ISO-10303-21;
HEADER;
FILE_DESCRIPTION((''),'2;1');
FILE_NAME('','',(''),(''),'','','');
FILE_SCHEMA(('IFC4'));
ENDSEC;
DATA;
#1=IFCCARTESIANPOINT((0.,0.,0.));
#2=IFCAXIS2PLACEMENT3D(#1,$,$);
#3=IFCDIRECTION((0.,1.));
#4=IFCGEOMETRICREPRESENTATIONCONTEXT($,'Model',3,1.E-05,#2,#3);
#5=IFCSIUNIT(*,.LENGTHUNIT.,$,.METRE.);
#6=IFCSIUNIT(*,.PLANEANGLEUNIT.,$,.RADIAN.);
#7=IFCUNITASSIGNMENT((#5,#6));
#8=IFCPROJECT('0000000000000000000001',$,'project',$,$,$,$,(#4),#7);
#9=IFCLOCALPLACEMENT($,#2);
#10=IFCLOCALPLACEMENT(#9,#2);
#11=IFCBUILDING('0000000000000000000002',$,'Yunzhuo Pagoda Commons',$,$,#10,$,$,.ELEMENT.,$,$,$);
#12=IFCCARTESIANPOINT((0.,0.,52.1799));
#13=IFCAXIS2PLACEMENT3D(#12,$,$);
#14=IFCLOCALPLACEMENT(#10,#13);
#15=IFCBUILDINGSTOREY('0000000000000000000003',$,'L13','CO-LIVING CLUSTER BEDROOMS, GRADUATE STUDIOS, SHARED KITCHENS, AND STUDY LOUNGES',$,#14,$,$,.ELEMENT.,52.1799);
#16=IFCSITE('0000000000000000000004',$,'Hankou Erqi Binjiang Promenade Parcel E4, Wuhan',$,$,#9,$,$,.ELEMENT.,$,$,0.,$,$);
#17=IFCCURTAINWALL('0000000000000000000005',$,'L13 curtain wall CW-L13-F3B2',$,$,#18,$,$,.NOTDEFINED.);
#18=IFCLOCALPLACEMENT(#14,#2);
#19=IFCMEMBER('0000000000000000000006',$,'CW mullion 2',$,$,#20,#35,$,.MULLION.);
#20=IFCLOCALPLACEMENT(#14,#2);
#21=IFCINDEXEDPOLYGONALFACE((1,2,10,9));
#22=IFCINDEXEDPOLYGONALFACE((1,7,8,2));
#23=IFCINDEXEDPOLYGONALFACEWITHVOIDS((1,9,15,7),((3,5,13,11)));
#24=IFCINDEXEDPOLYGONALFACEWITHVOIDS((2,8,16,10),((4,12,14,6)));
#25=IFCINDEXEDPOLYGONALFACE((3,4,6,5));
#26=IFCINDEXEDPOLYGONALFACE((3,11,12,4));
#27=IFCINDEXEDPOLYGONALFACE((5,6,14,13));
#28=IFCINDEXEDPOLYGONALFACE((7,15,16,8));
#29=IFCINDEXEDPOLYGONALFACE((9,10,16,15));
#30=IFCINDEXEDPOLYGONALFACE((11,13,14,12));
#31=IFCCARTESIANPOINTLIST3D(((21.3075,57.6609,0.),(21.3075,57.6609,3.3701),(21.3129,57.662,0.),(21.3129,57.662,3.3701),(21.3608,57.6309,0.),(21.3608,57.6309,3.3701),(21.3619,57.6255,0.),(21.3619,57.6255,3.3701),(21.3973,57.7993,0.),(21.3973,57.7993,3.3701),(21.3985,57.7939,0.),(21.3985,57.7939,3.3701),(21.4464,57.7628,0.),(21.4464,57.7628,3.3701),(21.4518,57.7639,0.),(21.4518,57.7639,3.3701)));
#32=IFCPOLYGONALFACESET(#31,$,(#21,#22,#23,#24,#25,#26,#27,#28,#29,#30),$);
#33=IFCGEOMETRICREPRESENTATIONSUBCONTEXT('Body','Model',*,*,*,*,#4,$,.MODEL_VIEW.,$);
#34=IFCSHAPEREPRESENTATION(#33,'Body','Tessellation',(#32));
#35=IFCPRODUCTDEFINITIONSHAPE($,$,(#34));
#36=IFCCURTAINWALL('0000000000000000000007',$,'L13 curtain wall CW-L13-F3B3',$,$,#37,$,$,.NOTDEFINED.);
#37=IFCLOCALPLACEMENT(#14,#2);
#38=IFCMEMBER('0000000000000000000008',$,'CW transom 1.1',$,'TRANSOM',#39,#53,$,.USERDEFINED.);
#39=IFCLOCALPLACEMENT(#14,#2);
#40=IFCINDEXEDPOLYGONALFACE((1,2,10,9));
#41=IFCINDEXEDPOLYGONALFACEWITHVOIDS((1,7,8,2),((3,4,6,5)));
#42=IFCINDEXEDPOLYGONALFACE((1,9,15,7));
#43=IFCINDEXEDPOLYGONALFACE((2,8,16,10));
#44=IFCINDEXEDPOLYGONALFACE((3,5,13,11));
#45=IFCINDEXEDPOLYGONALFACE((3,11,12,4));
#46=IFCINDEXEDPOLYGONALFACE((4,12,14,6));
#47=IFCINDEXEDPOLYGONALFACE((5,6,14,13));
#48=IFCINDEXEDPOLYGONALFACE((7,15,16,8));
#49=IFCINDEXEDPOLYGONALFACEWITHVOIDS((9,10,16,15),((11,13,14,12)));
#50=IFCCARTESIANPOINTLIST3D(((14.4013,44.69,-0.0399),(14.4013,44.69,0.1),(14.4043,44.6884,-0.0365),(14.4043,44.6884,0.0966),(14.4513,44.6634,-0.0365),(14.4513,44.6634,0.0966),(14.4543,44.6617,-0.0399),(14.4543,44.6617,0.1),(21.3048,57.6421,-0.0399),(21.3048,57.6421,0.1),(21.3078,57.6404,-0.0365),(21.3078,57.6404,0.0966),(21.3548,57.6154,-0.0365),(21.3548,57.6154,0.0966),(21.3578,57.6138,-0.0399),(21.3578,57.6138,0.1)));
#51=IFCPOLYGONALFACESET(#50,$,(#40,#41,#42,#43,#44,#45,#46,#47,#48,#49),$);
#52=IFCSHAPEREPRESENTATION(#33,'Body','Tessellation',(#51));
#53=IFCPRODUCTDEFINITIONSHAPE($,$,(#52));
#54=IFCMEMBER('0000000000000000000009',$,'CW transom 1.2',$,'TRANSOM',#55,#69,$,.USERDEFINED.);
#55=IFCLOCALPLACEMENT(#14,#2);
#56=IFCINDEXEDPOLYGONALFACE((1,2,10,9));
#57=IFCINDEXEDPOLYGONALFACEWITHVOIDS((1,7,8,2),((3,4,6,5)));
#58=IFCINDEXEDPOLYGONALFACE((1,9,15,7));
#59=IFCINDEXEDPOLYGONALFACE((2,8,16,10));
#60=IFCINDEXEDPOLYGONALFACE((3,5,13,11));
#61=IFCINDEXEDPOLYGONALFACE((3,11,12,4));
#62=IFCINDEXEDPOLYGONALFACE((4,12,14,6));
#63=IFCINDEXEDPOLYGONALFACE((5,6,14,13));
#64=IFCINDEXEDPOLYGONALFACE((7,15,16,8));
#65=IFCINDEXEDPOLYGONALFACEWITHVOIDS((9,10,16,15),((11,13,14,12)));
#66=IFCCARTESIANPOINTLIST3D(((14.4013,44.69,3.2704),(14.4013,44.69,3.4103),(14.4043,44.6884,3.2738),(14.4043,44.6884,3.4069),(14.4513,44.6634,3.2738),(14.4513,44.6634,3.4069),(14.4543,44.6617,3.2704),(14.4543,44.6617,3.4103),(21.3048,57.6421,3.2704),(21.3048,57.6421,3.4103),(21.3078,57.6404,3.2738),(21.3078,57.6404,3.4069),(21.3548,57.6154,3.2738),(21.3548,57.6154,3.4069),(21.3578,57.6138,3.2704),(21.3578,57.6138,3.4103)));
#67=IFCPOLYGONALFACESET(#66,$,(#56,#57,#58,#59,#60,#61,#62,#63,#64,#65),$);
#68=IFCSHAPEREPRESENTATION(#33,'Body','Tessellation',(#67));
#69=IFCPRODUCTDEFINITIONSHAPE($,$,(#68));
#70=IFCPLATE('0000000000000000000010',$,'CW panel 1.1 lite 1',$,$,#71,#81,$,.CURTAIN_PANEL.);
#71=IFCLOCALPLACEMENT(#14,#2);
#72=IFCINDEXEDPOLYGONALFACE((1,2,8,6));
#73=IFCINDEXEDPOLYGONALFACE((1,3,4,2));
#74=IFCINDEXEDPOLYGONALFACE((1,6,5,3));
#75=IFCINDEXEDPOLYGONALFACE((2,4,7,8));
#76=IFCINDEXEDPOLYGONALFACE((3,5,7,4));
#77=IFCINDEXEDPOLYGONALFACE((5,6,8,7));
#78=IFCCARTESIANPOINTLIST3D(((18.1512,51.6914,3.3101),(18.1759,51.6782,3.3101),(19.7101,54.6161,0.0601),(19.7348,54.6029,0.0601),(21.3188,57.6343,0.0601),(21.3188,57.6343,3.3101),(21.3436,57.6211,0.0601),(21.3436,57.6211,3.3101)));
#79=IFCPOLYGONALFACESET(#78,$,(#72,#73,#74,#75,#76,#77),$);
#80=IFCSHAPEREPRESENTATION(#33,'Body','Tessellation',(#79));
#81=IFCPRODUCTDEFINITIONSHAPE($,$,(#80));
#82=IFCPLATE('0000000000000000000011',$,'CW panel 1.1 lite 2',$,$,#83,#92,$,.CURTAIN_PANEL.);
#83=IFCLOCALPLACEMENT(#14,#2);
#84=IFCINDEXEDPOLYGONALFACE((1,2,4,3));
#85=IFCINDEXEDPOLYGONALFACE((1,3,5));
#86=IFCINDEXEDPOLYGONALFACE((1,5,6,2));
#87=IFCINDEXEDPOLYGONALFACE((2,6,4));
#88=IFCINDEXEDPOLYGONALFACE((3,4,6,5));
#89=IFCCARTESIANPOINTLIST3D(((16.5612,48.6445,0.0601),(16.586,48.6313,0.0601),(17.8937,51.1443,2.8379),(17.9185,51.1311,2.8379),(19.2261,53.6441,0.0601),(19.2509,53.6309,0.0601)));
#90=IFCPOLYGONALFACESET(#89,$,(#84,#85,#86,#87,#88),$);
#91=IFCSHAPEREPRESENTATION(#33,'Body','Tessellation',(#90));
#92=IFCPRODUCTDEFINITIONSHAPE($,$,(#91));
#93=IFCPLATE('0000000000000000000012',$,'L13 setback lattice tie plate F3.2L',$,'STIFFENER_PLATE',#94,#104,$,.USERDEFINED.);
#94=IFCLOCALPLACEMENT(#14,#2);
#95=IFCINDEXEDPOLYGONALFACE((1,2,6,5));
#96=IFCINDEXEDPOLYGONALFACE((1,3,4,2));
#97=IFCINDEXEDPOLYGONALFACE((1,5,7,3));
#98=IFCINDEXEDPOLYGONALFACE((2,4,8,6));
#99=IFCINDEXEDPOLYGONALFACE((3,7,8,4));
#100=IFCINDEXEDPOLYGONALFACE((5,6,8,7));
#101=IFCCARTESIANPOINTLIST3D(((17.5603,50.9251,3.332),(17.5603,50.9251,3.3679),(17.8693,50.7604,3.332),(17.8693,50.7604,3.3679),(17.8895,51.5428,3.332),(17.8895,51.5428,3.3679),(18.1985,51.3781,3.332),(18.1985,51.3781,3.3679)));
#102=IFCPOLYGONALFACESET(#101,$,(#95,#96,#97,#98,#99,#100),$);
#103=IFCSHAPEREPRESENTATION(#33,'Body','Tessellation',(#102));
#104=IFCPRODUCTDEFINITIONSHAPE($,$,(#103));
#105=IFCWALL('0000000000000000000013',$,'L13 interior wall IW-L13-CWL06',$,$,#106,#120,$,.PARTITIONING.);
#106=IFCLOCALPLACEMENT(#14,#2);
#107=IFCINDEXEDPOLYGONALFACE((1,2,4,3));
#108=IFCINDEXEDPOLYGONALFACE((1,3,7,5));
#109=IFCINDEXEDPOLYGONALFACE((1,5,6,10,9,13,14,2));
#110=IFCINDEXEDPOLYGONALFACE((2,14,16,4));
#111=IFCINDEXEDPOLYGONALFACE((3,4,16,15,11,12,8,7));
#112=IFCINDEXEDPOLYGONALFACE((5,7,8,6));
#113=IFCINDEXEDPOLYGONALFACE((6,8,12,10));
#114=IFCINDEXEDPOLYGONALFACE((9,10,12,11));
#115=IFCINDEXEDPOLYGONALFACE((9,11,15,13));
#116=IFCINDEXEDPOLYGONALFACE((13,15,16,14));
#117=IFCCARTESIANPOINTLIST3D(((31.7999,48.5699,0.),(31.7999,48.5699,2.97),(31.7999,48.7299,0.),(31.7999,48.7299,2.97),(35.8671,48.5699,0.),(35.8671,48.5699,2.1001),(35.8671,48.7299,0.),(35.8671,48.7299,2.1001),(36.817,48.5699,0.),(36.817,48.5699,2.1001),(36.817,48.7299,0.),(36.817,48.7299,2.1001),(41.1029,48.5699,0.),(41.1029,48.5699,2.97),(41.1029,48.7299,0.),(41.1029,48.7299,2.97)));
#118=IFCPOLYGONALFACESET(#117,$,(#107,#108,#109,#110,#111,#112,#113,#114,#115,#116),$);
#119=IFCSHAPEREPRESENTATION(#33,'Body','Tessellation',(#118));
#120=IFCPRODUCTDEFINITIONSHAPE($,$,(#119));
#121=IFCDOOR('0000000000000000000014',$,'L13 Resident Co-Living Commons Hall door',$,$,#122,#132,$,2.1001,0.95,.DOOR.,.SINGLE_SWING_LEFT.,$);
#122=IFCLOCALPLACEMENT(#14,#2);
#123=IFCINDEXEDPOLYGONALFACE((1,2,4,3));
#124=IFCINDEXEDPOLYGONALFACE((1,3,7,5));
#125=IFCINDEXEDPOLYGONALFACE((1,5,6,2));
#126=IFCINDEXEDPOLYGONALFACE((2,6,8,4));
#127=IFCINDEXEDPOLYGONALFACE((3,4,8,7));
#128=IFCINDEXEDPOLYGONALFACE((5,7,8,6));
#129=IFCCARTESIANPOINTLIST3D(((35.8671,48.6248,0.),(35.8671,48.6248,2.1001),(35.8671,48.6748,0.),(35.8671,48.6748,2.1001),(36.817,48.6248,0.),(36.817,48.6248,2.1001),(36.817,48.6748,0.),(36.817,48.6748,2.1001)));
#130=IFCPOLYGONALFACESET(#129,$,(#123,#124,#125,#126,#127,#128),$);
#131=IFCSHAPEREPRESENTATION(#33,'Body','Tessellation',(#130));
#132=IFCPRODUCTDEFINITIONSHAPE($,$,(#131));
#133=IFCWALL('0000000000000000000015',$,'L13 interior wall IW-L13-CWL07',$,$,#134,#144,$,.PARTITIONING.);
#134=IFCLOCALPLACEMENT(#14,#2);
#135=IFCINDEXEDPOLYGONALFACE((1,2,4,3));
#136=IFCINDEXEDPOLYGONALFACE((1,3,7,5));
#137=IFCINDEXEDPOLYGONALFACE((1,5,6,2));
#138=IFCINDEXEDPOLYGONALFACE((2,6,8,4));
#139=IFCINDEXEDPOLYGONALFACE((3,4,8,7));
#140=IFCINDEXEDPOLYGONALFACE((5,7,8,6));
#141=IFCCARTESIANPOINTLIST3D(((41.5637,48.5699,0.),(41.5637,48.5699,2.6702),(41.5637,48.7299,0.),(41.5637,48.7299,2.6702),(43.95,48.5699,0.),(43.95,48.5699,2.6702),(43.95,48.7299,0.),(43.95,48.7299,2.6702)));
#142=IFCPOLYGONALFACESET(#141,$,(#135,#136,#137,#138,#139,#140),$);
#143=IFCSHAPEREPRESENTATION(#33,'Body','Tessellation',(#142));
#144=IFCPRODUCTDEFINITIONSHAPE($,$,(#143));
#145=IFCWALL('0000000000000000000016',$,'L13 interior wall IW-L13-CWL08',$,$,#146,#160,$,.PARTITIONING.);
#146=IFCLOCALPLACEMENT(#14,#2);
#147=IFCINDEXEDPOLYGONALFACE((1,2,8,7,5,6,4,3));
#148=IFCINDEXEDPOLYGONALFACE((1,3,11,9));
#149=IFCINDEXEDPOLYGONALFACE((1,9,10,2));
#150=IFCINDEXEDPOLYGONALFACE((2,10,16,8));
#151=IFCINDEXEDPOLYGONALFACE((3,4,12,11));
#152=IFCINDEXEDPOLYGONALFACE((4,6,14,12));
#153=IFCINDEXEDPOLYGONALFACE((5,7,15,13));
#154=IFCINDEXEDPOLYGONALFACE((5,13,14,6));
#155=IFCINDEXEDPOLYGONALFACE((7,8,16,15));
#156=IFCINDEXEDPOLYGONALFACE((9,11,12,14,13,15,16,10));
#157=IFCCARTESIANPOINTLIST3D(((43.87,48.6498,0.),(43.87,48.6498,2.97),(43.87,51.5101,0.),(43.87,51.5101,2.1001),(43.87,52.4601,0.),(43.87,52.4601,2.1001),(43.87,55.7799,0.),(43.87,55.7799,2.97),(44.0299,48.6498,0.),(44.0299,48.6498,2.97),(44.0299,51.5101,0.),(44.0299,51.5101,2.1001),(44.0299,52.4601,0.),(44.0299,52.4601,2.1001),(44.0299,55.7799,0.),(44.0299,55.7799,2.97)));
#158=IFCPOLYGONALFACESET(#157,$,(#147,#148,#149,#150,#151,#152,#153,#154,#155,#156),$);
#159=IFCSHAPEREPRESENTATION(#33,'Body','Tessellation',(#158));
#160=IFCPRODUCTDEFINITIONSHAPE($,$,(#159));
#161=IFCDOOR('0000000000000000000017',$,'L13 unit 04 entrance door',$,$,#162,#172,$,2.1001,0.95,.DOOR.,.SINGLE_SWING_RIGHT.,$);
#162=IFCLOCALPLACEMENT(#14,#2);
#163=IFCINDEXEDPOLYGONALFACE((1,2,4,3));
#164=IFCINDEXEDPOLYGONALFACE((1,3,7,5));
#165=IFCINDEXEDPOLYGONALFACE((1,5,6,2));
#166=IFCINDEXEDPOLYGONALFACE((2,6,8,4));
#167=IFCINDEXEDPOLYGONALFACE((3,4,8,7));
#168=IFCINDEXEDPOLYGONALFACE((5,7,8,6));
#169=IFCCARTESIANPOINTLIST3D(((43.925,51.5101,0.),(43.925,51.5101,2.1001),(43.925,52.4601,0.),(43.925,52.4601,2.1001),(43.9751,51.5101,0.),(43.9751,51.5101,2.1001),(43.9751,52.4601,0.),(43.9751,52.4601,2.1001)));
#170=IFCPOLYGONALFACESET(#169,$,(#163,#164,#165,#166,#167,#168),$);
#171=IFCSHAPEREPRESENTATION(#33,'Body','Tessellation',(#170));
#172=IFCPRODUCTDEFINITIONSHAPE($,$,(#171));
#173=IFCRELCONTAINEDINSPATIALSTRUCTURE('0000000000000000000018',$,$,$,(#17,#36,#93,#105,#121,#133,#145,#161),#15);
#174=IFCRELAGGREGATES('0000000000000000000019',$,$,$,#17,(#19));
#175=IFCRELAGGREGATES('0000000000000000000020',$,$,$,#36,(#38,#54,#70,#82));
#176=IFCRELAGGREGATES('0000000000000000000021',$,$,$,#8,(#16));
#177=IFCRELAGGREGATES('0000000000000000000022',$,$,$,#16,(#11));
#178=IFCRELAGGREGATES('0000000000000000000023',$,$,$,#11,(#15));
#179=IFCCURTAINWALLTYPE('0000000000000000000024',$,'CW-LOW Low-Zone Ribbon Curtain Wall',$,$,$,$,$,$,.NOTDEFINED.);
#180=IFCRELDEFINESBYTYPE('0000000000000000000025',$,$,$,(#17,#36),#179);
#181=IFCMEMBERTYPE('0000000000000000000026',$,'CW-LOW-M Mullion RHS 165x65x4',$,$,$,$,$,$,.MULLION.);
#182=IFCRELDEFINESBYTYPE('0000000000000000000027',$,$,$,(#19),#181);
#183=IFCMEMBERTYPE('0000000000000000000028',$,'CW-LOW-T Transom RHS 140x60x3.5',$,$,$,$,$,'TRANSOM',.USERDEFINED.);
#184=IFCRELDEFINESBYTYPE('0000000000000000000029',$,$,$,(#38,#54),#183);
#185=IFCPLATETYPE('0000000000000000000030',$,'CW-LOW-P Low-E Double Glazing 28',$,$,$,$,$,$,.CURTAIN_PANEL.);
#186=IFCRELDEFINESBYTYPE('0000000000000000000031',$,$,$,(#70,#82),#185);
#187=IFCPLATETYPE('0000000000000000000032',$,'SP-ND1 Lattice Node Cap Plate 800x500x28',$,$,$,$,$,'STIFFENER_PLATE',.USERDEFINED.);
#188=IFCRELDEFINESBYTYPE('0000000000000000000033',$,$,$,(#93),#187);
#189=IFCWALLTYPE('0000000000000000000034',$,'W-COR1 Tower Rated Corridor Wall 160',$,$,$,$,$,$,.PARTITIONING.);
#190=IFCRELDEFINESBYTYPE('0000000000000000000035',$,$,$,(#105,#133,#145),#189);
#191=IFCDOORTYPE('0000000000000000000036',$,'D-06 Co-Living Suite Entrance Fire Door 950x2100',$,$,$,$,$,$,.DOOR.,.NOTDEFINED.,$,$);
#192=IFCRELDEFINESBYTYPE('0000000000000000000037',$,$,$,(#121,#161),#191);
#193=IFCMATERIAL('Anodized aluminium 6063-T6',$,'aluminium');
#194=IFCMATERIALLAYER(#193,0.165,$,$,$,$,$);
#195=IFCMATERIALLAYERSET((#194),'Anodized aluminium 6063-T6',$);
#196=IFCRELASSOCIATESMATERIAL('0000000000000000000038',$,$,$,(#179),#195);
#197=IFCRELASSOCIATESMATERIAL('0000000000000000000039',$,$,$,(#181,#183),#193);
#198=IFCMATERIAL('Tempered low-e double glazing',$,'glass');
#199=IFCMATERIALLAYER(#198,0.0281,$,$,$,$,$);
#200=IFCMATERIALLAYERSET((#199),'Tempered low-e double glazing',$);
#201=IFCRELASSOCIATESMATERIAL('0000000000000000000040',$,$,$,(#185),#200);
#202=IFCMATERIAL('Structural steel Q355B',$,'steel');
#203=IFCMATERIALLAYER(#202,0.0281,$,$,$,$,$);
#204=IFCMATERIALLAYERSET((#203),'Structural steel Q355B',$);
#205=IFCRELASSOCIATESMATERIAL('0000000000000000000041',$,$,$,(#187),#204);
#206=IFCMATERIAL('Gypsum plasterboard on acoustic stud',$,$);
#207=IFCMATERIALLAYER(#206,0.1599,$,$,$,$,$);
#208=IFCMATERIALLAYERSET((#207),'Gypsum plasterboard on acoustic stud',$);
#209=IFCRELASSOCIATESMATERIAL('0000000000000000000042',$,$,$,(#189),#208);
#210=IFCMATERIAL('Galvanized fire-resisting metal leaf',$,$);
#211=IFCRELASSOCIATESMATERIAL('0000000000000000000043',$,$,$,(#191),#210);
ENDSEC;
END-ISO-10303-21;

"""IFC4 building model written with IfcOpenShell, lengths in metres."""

from ifc_helpers import new_model, si_unit, direction, frame, frame_2d, origin, origin_with_axes, origin_2d, place, context, subcontext, project, spatial, polyline, rectangle, hollow_rectangle, outline, extrude, source, transform, mapped, material, layer, layer_set, material_profile, profile_set, type_object, element, fill, aggregate, save


model = new_model("IFC4")

# Units and contexts
model_context = context("Model", 3, precision=1e-05, world=origin(), true_north=direction((0.0, 1.0)))
body_context = subcontext(model_context, "Body", "Model", "MODEL_VIEW")
ifc_project = project(units=[si_unit("LENGTHUNIT", "METRE"), si_unit("PLANEANGLEUNIT", "RADIAN")], contexts=[model_context])

# Site, building, storey
site_placement = place(None, origin())
site = spatial("IfcSite", under=ifc_project, at=site_placement, Name="Hankou Erqi Binjiang Promenade Parcel E4, Wuhan", CompositionType="ELEMENT", RefElevation=0.0)
building_placement = place(site_placement, origin())
building = spatial("IfcBuilding", under=site, at=building_placement, Name="Yunzhuo Pagoda Commons", CompositionType="ELEMENT")
storey_placement = place(building_placement, frame((0.0, 0.0, 52.1799)))
storey = spatial("IfcBuildingStorey", under=building, at=storey_placement, Name="L13", Description="CO-LIVING CLUSTER BEDROOMS, GRADUATE STUDIOS, SHARED KITCHENS, AND STUDY LOUNGES", CompositionType="ELEMENT", Elevation=52.1799)

# Shared definitions
ifc_material_1 = material(Name="Structural steel Q355B", Category="steel")

# Curtain wall, member
ifc_material_2 = material(Name="Anodized aluminium 6063-T6", Category="aluminium")
ifc_layer_1 = layer(ifc_material_2, 0.165)
ifc_layer_set_1 = layer_set([ifc_layer_1], Name="Anodized aluminium 6063-T6")
curtain_wall_type = type_object("IfcCurtainWallType", Name="CW-LOW Low-Zone Ribbon Curtain Wall", PredefinedType="NOTDEFINED", material=ifc_layer_set_1)
curtain_wall_1_placement = place(storey_placement, origin())
curtain_wall_1 = element("IfcCurtainWall", 1, at=curtain_wall_1_placement, inside=storey, type_object=curtain_wall_type, Name="L13 curtain wall CW-L13-F3B2", PredefinedType="NOTDEFINED")
ifc_material_profile_1 = material_profile(ifc_material_2, hollow_rectangle(XDim=0.0649, YDim=0.165, WallThickness=0.0039, at=origin_2d()), Name="Anodized aluminium 6063-T6")
ifc_profile_set_1 = profile_set([ifc_material_profile_1], Name="Anodized aluminium 6063-T6")
member_type_1 = type_object("IfcMemberType", Name="CW-LOW-M Mullion RHS 165x65x4", PredefinedType="MULLION", material=ifc_profile_set_1)
shared_shape_1 = source(origin(), body_context, "Body", "SweptSolid", [
    extrude(hollow_rectangle(XDim=0.0649, YDim=0.165, WallThickness=0.0039, at=origin_2d()), origin(), (0.0, 0.0, 1.0), 3.3701),
])
member_1_placement = place(storey_placement, frame((21.3796, 57.7124, 0.0), z_axis=(0.0, 0.0, 1.0), x_axis=(0.838777, -0.544476, 0.0)))
member_1 = element("IfcMember", 2, at=member_1_placement, type_object=member_type_1, Name="CW mullion 2", PredefinedType="MULLION", context=body_context, shape_type="MappedRepresentation", body=[
    mapped(shared_shape_1, transform((0.0, 0.0, 0.0), scale=1.0)),
])
aggregate(curtain_wall_1, [member_1])

# Curtain wall, members, plates
curtain_wall_2_placement = place(storey_placement, origin())
curtain_wall_2 = element("IfcCurtainWall", 3, at=curtain_wall_2_placement, inside=storey, type_object=curtain_wall_type, Name="L13 curtain wall CW-L13-F3B3", PredefinedType="NOTDEFINED")
ifc_material_profile_2 = material_profile(ifc_material_2, hollow_rectangle(XDim=0.0601, YDim=0.1399, WallThickness=0.0034, at=origin_2d()), Name="Anodized aluminium 6063-T6")
ifc_profile_set_2 = profile_set([ifc_material_profile_2], Name="Anodized aluminium 6063-T6")
member_type_2 = type_object("IfcMemberType", Name="CW-LOW-T Transom RHS 140x60x3.5", ElementType="TRANSOM", PredefinedType="USERDEFINED", material=ifc_profile_set_2)
shared_shape_2 = source(origin(), body_context, "Body", "SweptSolid", [
    extrude(hollow_rectangle(XDim=0.0601, YDim=0.1399, WallThickness=0.0034, at=origin_2d()), origin(), (0.0, 0.0, 1.0), 14.677),
])
member_2_placement = place(storey_placement, frame((21.3313, 57.6279, 0.03), z_axis=(-0.470363, -0.882473, 0.0), x_axis=(0.882473, -0.470363, 0.0)))
member_2 = element("IfcMember", 4, at=member_2_placement, type_object=member_type_2, Name="CW transom 1.1", ObjectType="TRANSOM", PredefinedType="USERDEFINED", context=body_context, shape_type="MappedRepresentation", body=[
    mapped(shared_shape_2, transform((0.0, 0.0, 0.0), scale=1.0)),
])
member_3_placement = place(storey_placement, frame((21.3313, 57.6279, 3.3403), z_axis=(-0.470363, -0.882473, 0.0), x_axis=(0.882473, -0.470363, 0.0)))
member_3 = element("IfcMember", 5, at=member_3_placement, type_object=member_type_2, Name="CW transom 1.2", ObjectType="TRANSOM", PredefinedType="USERDEFINED", context=body_context, shape_type="MappedRepresentation", body=[
    mapped(shared_shape_2, transform((0.0, 0.0, 0.0), scale=1.0)),
])
ifc_material_3 = material(Name="Tempered low-e double glazing", Category="glass")
ifc_layer_2 = layer(ifc_material_3, 0.0281)
ifc_layer_set_2 = layer_set([ifc_layer_2], Name="Tempered low-e double glazing")
plate_type_1 = type_object("IfcPlateType", Name="CW-LOW-P Low-E Double Glazing 28", PredefinedType="CURTAIN_PANEL", material=ifc_layer_set_2)
plate_1_placement = place(storey_placement, frame((19.7598, 54.6497, 1.6851), z_axis=(-0.88247, 0.470369, 0.0), x_axis=(-0.470369, -0.88247, 0.0)))
plate_1 = element("IfcPlate", 6, at=plate_1_placement, type_object=plate_type_1, Name="CW panel 1.1 lite 1", PredefinedType="CURTAIN_PANEL", context=body_context, shape_type="SweptSolid", body=[
    extrude(outline(polyline([(-3.3672, -1.625), (0.053, -1.625), (3.3672, 1.625), (-3.3672, 1.625), (-3.3672, -1.625)])), origin(), (0.0, 0.0, 1.0), 0.0281),
])
plate_2_placement = place(storey_placement, frame((17.9185, 51.1311, 1.449), z_axis=(-0.88247, 0.470369, 0.0), x_axis=(-0.470369, -0.88247, 0.0)))
plate_2 = element("IfcPlate", 7, at=plate_2_placement, type_object=plate_type_1, Name="CW panel 1.1 lite 2", PredefinedType="CURTAIN_PANEL", context=body_context, shape_type="SweptSolid", body=[
    extrude(outline(polyline([(-2.8328, -1.3889), (2.8328, -1.3889), (0.0, 1.3889), (-2.8328, -1.3889)])), origin(), (0.0, 0.0, 1.0), 0.0281),
])
aggregate(curtain_wall_2, [member_2, member_3, plate_1, plate_2])

# Plate
ifc_layer_3 = layer(ifc_material_1, 0.0281)
ifc_layer_set_3 = layer_set([ifc_layer_3], Name="Structural steel Q355B")
plate_type_2 = type_object("IfcPlateType", Name="SP-ND1 Lattice Node Cap Plate 800x500x28", ElementType="STIFFENER_PLATE", PredefinedType="USERDEFINED", material=ifc_layer_set_3)
shared_shape_3 = source(origin(), body_context, "Body", "SweptSolid", [
    extrude(rectangle(XDim=0.7, YDim=0.3501, at=origin_2d()), origin(), (0.0, 0.0, 1.0), 0.0359),
])
plate_3_placement = place(storey_placement, frame((17.8794, 51.1516, 3.332), z_axis=(0.0, 0.0, 1.0), x_axis=(-0.470365, -0.882472, 0.0)))
element("IfcPlate", 8, at=plate_3_placement, inside=storey, type_object=plate_type_2, Name="L13 setback lattice tie plate F3.2L", ObjectType="STIFFENER_PLATE", PredefinedType="USERDEFINED", context=body_context, shape_type="MappedRepresentation", body=[
    mapped(shared_shape_3, transform((0.0, 0.0, 0.0), scale=1.0)),
])

# Wall, opening, door
ifc_material_4 = material(Name="Gypsum plasterboard on acoustic stud")
ifc_layer_4 = layer(ifc_material_4, 0.1599)
ifc_layer_set_4 = layer_set([ifc_layer_4], Name="Gypsum plasterboard on acoustic stud")
wall_type_1 = type_object("IfcWallType", Name="W-COR1 Tower Rated Corridor Wall 160", PredefinedType="PARTITIONING", material=ifc_layer_set_4)
wall_1_placement = place(storey_placement, frame((31.8, 48.6499, 0.0), z_axis=(0.0, 0.0, 1.0), x_axis=(1.0, 0.0, 0.0)))
wall_1 = element("IfcWall", 9, at=wall_1_placement, inside=storey, type_object=wall_type_1, Name="L13 interior wall IW-L13-CWL06", PredefinedType="PARTITIONING", context=body_context, shape_type="SweptSolid", body=[
    extrude(rectangle(XDim=9.303, YDim=0.1599, at=frame_2d((4.6514, 0.0))), origin(), (0.0, 0.0, 1.0), 2.97),
])
opening_1_placement = place(wall_1_placement, frame((4.0669, 0.0, 0.0)))
opening_1 = element("IfcOpeningElement", 10, at=opening_1_placement, cuts=wall_1, PredefinedType="OPENING", context=body_context, shape_type="SweptSolid", body=[
    extrude(rectangle(XDim=0.95, YDim=2.1001, at=frame_2d((0.4751, 1.05))), frame((0.0, 0.0898, 0.0), z_axis=(0.0, -1.0, 0.0), x_axis=(1.0, 0.0, 0.0)), (0.0, 0.0, 1.0), 0.1799),
])
ifc_material_5 = material(Name="Galvanized fire-resisting metal leaf")
door_type_1 = type_object("IfcDoorType", Name="D-06 Co-Living Suite Entrance Fire Door 950x2100", OperationType="NOTDEFINED", PredefinedType="DOOR", material=ifc_material_5)
shared_shape_4 = source(origin(), body_context, "Body", "SweptSolid", [
    extrude(rectangle(XDim=0.95, YDim=2.1001, at=frame_2d((0.4751, 1.05))), frame((0.0, 0.0249, 0.0), z_axis=(0.0, -1.0, 0.0), x_axis=(1.0, 0.0, 0.0)), (0.0, 0.0, 1.0), 0.05),
])
door_1_placement = place(opening_1_placement, origin_with_axes())
door_1 = element("IfcDoor", 11, at=door_1_placement, inside=storey, type_object=door_type_1, Name="L13 Resident Co-Living Commons Hall door", OperationType="SINGLE_SWING_LEFT", OverallHeight=2.1001, OverallWidth=0.95, PredefinedType="DOOR", context=body_context, shape_type="MappedRepresentation", body=[
    mapped(shared_shape_4, transform((0.0, 0.0, 0.0), scale=1.0)),
])
fill(opening_1, door_1)

# Wall
wall_2_placement = place(storey_placement, frame((41.5637, 48.6499, 0.0), z_axis=(0.0, 0.0, 1.0), x_axis=(1.0, 0.0, 0.0)))
element("IfcWall", 12, at=wall_2_placement, inside=storey, type_object=wall_type_1, Name="L13 interior wall IW-L13-CWL07", PredefinedType="PARTITIONING", context=body_context, shape_type="SweptSolid", body=[
    extrude(rectangle(XDim=2.3862, YDim=0.1599, at=frame_2d((1.1931, 0.0))), origin(), (0.0, 0.0, 1.0), 2.6702),
])

# Wall, opening, door
wall_3_placement = place(storey_placement, frame((43.95, 48.6499, 0.0), z_axis=(0.0, 0.0, 1.0), x_axis=(0.0, 1.0, 0.0)))
wall_3 = element("IfcWall", 13, at=wall_3_placement, inside=storey, type_object=wall_type_1, Name="L13 interior wall IW-L13-CWL08", PredefinedType="PARTITIONING", context=body_context, shape_type="SweptSolid", body=[
    extrude(rectangle(XDim=7.1301, YDim=0.1599, at=frame_2d((3.5649, 0.0))), origin(), (0.0, 0.0, 1.0), 2.97),
])
opening_2_placement = place(wall_3_placement, frame((2.8601, 0.0, 0.0)))
opening_2 = element("IfcOpeningElement", 14, at=opening_2_placement, cuts=wall_3, PredefinedType="OPENING", context=body_context, shape_type="SweptSolid", body=[
    extrude(rectangle(XDim=0.95, YDim=2.1001, at=frame_2d((0.4751, 1.05))), frame((0.0, 0.0898, 0.0), z_axis=(0.0, -1.0, 0.0), x_axis=(1.0, 0.0, 0.0)), (0.0, 0.0, 1.0), 0.1799),
])
door_2_placement = place(opening_2_placement, origin_with_axes())
door_2 = element("IfcDoor", 15, at=door_2_placement, inside=storey, type_object=door_type_1, Name="L13 unit 04 entrance door", OperationType="SINGLE_SWING_RIGHT", OverallHeight=2.1001, OverallWidth=0.95, PredefinedType="DOOR", context=body_context, shape_type="MappedRepresentation", body=[
    mapped(shared_shape_4, transform((0.0, 0.0, 0.0), scale=1.0)),
])
fill(opening_2, door_2)

save(model, "model.ifc")
